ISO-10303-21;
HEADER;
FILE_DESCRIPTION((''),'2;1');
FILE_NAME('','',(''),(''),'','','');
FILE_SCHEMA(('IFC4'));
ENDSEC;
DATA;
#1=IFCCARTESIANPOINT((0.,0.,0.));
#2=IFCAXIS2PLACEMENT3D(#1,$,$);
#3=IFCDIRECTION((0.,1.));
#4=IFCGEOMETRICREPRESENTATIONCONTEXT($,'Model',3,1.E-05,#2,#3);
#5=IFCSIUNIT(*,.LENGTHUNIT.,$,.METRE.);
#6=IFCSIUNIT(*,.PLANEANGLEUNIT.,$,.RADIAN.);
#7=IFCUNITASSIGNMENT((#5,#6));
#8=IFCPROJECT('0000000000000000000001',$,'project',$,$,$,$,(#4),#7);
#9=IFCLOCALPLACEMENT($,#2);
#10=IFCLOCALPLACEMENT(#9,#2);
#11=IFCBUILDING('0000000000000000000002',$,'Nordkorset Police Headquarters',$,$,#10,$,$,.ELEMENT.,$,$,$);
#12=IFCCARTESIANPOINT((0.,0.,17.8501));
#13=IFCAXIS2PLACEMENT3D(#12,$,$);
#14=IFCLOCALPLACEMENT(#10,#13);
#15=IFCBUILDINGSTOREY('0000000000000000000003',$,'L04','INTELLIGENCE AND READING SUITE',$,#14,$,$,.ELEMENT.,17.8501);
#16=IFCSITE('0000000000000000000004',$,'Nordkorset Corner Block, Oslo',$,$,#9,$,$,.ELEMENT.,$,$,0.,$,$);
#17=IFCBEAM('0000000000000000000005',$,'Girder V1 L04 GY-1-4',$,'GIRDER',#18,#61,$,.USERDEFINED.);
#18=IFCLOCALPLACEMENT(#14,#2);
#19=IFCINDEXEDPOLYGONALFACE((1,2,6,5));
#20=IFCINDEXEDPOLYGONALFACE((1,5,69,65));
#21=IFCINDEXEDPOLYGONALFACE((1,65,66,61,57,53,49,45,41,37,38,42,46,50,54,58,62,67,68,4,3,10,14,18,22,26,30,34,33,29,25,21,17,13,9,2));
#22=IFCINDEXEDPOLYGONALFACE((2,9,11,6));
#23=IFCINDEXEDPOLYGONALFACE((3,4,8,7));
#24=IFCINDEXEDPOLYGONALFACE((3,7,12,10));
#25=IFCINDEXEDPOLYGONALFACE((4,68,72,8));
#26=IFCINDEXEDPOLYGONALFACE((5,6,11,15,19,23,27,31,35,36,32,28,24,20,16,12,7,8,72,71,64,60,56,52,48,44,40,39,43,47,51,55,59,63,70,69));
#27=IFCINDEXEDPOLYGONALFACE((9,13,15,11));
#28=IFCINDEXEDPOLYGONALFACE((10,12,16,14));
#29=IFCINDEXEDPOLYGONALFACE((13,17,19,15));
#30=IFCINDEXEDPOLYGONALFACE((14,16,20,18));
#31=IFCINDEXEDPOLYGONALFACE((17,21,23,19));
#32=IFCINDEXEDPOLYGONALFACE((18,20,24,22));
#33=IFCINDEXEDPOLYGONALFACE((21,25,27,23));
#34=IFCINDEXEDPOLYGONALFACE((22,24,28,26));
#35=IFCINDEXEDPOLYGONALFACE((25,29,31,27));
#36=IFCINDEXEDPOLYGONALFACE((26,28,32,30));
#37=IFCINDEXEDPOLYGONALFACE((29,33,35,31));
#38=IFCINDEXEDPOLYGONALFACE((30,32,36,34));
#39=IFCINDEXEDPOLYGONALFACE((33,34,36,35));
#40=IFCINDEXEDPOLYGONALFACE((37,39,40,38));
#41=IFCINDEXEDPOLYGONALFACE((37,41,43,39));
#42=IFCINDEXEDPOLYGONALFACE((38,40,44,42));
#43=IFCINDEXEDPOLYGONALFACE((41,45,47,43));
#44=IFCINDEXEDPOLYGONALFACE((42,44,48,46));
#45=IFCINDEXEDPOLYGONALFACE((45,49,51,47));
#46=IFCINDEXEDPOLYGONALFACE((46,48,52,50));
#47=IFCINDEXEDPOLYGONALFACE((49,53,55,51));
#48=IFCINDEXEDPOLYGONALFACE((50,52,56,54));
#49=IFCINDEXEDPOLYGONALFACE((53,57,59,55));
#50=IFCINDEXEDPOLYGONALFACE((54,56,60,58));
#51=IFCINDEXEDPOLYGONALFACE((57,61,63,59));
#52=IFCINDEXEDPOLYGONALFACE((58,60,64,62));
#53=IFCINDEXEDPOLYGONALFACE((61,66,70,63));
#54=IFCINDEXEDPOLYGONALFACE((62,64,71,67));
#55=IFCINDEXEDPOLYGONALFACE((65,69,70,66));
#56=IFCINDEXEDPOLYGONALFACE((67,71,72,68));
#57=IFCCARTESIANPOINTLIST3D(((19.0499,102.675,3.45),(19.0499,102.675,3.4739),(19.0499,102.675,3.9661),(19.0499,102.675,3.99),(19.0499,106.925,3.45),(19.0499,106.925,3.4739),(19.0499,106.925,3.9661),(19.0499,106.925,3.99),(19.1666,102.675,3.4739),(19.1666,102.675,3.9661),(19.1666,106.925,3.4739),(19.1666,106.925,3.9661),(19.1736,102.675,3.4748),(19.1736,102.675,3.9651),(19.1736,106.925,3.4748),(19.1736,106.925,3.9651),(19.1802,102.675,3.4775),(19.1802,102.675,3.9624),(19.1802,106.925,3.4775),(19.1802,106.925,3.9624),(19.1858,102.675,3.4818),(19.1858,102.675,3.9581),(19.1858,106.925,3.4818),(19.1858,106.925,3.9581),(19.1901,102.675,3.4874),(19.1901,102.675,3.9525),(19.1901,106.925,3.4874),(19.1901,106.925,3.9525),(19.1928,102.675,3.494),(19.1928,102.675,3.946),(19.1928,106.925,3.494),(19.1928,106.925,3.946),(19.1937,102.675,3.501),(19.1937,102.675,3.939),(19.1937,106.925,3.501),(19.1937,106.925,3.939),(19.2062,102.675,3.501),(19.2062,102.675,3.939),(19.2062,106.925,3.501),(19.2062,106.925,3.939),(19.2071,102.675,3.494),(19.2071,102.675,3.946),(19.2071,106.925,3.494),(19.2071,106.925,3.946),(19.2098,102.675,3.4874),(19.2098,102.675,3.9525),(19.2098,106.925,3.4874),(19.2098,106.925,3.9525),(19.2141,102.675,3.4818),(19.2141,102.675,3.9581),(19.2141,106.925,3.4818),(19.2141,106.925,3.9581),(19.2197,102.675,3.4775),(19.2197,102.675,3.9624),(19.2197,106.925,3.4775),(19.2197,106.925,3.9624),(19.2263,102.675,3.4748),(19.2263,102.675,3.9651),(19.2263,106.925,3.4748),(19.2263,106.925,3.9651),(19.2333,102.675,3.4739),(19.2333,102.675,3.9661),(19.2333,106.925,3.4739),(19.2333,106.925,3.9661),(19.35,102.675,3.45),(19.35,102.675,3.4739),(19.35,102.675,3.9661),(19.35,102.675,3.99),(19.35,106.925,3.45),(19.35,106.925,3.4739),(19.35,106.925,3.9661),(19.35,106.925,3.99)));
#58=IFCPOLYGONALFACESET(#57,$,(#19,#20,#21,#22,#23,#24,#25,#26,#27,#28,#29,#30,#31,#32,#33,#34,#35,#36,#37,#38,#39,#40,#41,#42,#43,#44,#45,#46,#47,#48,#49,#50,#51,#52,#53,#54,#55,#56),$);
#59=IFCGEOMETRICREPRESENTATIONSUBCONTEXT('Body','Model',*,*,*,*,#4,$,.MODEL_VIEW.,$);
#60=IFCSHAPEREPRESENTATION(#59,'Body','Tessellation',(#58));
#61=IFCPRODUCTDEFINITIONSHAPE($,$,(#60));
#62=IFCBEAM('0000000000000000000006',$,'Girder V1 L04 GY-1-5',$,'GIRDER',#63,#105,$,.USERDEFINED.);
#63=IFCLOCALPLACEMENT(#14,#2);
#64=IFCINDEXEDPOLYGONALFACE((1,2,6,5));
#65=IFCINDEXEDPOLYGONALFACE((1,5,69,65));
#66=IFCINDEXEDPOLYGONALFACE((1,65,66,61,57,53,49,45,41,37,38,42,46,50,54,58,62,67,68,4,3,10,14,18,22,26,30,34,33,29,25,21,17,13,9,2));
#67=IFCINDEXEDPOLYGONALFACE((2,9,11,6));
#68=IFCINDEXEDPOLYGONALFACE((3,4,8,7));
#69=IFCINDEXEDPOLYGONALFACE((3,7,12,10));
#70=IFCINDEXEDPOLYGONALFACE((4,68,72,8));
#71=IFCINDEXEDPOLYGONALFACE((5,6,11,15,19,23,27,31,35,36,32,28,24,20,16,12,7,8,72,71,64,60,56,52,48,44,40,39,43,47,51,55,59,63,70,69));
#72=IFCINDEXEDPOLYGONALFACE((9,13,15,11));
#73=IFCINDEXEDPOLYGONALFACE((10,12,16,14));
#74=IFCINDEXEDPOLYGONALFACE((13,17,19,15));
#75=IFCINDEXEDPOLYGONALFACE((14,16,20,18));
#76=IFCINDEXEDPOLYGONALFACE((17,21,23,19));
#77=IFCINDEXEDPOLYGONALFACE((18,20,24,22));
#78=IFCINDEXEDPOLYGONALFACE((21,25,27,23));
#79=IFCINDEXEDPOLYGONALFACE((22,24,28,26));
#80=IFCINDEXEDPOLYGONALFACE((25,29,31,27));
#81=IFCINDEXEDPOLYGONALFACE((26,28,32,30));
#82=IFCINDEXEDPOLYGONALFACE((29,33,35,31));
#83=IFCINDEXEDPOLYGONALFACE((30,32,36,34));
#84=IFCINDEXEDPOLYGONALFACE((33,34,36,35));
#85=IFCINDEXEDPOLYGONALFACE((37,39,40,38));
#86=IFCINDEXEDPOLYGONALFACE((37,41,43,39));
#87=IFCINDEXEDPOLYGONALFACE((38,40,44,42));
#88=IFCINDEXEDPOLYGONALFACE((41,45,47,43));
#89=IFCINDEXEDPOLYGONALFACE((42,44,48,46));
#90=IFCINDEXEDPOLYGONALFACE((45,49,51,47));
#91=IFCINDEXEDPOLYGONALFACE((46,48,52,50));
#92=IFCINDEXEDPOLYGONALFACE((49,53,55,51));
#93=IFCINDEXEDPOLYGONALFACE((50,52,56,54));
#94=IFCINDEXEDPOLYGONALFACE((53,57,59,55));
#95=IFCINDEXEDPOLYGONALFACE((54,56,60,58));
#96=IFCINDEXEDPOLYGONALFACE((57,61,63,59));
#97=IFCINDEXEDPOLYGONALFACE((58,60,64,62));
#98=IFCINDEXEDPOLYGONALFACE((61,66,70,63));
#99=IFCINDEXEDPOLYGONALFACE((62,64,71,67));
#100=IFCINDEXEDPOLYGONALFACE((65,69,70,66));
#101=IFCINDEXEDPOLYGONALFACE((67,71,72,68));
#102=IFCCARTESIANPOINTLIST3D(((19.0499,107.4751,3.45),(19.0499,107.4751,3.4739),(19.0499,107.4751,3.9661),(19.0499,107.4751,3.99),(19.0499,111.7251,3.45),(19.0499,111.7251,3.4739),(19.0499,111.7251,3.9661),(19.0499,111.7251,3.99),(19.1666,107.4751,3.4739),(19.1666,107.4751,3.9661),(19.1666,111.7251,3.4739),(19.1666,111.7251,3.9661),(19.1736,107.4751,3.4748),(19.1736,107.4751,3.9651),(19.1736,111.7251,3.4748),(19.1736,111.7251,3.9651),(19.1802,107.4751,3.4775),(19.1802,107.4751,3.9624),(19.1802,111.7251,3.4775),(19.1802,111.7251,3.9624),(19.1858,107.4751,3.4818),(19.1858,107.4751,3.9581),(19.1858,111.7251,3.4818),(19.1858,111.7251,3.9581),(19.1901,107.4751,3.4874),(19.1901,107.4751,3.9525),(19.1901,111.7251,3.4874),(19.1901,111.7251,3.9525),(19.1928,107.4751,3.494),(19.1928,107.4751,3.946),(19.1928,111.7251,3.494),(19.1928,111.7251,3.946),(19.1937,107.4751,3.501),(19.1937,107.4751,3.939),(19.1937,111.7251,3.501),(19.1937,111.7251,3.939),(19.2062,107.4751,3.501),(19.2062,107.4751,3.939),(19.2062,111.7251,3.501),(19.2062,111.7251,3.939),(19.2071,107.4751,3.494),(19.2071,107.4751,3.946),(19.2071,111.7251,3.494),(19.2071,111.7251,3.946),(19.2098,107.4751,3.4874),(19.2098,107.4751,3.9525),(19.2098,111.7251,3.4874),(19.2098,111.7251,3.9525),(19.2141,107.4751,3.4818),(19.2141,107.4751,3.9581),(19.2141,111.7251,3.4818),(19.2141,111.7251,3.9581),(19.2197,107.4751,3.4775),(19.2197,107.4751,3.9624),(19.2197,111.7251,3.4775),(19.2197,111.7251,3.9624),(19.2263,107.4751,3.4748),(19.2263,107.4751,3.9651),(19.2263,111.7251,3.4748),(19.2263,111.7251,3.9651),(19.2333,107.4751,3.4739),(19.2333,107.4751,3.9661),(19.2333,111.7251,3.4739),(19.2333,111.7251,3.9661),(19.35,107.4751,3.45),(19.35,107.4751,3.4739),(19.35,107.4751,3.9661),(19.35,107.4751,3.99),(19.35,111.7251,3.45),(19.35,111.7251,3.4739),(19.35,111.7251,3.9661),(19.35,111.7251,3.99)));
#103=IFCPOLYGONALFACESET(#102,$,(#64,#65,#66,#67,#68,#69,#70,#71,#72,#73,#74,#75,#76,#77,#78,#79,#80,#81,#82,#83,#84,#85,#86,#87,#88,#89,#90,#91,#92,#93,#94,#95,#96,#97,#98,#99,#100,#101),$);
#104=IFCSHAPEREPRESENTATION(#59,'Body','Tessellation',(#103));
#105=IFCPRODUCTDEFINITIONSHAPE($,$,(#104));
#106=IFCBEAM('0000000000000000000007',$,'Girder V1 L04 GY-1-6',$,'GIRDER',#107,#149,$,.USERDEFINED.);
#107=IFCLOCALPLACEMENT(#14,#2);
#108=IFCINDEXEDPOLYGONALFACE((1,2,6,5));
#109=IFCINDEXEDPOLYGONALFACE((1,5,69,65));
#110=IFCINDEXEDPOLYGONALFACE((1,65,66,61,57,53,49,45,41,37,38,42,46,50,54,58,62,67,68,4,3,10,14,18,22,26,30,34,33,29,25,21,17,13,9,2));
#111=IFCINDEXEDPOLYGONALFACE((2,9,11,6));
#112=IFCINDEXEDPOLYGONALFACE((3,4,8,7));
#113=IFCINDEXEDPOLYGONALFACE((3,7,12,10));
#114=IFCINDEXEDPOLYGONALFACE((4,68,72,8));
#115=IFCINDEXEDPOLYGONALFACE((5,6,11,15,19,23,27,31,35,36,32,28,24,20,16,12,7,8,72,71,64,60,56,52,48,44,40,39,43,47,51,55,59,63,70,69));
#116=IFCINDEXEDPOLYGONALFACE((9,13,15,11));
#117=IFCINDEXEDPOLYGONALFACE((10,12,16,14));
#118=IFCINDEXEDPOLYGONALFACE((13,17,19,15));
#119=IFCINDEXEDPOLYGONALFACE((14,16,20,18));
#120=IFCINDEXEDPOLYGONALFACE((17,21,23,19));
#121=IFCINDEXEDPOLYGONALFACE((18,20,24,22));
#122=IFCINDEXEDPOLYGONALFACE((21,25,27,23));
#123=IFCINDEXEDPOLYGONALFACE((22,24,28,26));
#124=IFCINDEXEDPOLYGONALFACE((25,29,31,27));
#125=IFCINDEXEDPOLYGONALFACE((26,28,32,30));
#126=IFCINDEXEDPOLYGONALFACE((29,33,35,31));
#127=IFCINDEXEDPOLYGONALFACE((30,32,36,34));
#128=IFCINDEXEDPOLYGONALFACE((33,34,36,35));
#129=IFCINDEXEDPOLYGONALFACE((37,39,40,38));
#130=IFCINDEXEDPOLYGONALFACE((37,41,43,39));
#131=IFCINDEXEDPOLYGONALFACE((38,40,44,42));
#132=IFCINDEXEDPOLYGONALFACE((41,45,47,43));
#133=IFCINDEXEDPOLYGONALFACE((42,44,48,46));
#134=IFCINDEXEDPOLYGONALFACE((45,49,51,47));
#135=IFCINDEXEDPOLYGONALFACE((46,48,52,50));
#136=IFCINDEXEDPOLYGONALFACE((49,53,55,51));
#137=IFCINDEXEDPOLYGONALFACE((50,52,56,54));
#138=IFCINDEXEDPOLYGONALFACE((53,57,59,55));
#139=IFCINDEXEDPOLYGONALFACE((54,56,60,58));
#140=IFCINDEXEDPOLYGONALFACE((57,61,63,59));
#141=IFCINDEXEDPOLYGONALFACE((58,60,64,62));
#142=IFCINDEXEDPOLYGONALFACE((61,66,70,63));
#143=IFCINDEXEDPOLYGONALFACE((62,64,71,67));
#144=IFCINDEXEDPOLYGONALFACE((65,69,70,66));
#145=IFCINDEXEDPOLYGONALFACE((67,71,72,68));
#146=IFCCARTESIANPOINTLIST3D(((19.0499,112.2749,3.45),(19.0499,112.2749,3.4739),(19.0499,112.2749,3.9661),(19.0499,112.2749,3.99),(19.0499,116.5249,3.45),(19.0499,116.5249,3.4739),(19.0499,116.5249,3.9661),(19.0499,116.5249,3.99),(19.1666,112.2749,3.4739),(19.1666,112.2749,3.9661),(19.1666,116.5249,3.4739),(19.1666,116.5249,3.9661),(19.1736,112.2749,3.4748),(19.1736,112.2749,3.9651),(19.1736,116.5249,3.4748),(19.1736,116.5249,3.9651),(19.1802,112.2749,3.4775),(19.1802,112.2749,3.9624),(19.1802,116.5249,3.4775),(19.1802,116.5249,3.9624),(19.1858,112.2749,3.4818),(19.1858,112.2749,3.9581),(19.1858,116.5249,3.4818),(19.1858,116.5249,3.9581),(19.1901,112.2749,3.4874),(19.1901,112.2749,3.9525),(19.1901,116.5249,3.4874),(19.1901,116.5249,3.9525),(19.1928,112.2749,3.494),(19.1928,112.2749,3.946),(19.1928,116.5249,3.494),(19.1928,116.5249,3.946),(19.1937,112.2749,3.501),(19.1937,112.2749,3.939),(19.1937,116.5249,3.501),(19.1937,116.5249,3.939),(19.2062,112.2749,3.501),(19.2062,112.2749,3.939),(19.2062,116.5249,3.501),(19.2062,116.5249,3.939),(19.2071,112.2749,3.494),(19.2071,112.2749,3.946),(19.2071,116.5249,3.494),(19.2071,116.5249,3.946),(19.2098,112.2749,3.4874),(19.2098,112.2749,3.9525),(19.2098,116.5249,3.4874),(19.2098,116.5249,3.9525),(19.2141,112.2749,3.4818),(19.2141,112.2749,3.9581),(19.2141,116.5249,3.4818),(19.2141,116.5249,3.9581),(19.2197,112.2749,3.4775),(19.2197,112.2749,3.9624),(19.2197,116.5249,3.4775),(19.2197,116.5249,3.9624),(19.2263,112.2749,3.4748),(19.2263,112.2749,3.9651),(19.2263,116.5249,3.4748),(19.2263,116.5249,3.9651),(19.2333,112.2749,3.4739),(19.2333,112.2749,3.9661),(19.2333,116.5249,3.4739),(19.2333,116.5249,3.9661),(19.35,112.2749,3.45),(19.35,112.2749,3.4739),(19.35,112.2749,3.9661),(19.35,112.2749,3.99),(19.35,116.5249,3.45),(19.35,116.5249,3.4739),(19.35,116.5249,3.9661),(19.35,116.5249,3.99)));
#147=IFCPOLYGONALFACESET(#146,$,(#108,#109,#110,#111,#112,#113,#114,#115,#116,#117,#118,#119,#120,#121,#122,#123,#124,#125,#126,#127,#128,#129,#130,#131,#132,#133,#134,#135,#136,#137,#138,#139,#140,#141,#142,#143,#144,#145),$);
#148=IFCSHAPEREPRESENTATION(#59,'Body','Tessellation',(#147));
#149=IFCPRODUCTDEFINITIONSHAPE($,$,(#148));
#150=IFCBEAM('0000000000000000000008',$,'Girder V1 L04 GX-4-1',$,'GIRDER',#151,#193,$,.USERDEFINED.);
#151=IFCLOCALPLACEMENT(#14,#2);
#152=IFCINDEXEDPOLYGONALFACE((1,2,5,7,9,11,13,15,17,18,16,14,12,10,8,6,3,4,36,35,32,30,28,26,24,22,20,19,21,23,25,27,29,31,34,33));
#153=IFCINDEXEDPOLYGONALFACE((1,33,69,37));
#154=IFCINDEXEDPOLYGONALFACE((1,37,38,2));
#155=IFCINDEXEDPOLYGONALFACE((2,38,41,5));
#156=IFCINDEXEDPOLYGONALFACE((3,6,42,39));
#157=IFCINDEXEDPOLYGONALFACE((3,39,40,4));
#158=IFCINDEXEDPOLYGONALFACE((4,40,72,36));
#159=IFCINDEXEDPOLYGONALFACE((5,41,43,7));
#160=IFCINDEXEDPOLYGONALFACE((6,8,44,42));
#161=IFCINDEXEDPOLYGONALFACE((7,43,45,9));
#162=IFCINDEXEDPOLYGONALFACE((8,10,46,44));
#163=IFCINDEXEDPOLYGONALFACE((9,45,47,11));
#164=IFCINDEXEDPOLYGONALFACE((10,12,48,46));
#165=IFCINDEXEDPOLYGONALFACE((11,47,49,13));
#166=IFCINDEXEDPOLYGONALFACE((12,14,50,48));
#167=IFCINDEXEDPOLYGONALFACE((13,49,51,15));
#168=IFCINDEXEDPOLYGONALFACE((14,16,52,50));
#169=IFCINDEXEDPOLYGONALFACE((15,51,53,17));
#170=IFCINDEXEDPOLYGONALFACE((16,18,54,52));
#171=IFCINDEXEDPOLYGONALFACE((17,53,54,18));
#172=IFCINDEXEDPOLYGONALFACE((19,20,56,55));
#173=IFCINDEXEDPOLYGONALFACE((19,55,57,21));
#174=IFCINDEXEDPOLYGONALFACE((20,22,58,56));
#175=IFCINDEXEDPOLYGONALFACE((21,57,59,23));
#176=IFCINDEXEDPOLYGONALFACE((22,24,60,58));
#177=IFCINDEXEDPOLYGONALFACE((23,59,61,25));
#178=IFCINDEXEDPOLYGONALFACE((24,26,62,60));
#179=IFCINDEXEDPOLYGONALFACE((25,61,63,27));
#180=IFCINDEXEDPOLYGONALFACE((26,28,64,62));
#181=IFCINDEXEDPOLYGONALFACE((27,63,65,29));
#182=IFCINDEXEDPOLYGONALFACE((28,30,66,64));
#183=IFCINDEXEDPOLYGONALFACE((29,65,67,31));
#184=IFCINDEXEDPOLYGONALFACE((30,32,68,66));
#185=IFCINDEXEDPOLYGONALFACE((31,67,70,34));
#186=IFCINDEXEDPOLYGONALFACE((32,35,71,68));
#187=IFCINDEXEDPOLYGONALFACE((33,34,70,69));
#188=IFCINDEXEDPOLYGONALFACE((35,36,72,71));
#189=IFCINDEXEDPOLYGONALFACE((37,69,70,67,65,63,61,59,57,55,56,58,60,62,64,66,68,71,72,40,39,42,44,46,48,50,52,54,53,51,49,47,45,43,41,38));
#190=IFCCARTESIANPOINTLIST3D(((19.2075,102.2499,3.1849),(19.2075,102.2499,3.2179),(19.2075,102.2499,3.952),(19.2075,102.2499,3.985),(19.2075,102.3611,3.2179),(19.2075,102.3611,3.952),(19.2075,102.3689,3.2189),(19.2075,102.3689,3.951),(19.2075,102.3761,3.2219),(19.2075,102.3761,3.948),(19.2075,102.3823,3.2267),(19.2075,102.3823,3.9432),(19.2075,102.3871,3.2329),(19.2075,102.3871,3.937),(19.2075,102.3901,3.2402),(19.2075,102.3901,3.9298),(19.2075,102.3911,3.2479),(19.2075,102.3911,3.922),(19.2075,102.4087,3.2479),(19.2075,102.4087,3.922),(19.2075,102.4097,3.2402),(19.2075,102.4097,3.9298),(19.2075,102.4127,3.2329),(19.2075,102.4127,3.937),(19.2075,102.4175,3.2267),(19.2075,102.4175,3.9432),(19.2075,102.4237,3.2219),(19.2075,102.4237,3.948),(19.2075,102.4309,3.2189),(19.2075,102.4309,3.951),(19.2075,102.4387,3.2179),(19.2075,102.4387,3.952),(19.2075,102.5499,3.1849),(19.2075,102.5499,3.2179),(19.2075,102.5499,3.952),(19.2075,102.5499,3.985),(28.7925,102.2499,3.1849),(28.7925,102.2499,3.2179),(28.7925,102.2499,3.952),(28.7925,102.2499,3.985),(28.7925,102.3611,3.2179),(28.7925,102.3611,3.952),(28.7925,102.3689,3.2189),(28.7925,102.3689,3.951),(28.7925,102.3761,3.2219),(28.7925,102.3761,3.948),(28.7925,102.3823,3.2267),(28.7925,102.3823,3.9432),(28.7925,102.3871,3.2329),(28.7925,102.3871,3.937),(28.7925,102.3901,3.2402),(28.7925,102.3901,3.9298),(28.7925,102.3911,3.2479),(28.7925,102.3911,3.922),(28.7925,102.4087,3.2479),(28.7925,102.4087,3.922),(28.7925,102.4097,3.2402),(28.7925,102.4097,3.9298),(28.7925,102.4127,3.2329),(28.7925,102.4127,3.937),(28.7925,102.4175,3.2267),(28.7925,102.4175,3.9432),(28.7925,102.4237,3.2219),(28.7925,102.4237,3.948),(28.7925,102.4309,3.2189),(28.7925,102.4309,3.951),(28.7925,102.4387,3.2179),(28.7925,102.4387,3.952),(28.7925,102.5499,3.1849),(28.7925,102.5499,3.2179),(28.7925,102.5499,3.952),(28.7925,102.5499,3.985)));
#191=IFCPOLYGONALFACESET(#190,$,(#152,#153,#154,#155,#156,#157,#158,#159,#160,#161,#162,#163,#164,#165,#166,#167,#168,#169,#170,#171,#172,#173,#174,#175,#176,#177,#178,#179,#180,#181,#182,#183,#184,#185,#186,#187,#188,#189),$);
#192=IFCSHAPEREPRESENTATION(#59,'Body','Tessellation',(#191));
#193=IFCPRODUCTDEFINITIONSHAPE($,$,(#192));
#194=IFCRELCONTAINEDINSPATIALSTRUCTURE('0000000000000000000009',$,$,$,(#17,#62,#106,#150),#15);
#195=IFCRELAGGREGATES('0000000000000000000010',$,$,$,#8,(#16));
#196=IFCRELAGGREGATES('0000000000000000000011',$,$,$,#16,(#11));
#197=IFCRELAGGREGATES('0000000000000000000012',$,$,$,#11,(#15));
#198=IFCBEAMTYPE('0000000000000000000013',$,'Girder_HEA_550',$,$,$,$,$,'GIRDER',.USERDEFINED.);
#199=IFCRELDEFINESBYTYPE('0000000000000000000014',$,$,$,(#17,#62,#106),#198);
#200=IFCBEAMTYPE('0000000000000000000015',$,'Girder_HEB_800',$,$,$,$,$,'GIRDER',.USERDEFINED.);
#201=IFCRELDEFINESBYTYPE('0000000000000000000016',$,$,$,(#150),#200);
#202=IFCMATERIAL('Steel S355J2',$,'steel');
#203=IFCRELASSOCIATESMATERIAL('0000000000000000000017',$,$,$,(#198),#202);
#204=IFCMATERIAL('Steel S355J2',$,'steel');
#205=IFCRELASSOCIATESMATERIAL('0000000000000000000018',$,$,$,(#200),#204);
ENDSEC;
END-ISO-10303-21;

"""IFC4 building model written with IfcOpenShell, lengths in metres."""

from ifc_helpers import new_model, si_unit, direction, frame, origin, origin_2d, place, context, subcontext, project, spatial, i_section, extrude, material, material_profile, profile_set, type_object, element, save


model = new_model("IFC4")

# Units and contexts
model_context = context("Model", 3, precision=1e-05, world=origin(), true_north=direction((0.0, 1.0)))
body_context = subcontext(model_context, "Body", "Model", "MODEL_VIEW")
ifc_project = project(units=[si_unit("LENGTHUNIT", "METRE"), si_unit("PLANEANGLEUNIT", "RADIAN")], contexts=[model_context])

# Site, building, storey
site_placement = place(None, origin())
site = spatial("IfcSite", under=ifc_project, at=site_placement, Name="Nordkorset Corner Block, Oslo", CompositionType="ELEMENT", RefElevation=0.0)
building_placement = place(site_placement, origin())
building = spatial("IfcBuilding", under=site, at=building_placement, Name="Nordkorset Police Headquarters", CompositionType="ELEMENT")
storey_placement = place(building_placement, frame((0.0, 0.0, 17.8501)))
storey = spatial("IfcBuildingStorey", under=building, at=storey_placement, Name="L04", Description="INTELLIGENCE AND READING SUITE", CompositionType="ELEMENT", Elevation=17.8501)

# Beams
ifc_material_1 = material(Name="Steel S355J2", Category="steel")
ifc_material_profile_1 = material_profile(ifc_material_1, i_section(OverallWidth=0.3, OverallDepth=0.54, WebThickness=0.0125, FlangeThickness=0.0239, FilletRadius=0.0271, at=origin_2d()), Name="HEA 550")
ifc_profile_set_1 = profile_set([ifc_material_profile_1], Name="Steel S355J2")
beam_type_1 = type_object("IfcBeamType", Name="Girder_HEA_550", ElementType="GIRDER", PredefinedType="USERDEFINED", material=ifc_profile_set_1)
for number, where, z_axis, x_axis, name in (
    (1, (19.2, 102.675, 3.72), (0.0, 1.0, 0.0), (-1.0, 0.0, 0.0), "Girder V1 L04 GY-1-4"),
    (2, (19.2, 107.4751, 3.72), (0.0, 1.0, 0.0), (-1.0, 0.0, 0.0), "Girder V1 L04 GY-1-5"),
    (3, (19.2, 112.2749, 3.72), (0.0, 1.0, 0.0), (-1.0, 0.0, 0.0), "Girder V1 L04 GY-1-6"),
):
    element("IfcBeam", number, at=place(storey_placement, frame(where, z_axis=z_axis, x_axis=x_axis)), inside=storey, type_object=beam_type_1, Name=name, ObjectType="GIRDER", PredefinedType="USERDEFINED", context=body_context, shape_type="SweptSolid", body=[
        extrude(i_section(OverallWidth=0.3, OverallDepth=0.54, WebThickness=0.0125, FlangeThickness=0.0239, FilletRadius=0.0271, at=origin_2d()), origin(), (0.0, 0.0, 1.0), 4.25),
    ])
ifc_material_2 = material(Name="Steel S355J2", Category="steel")
ifc_material_profile_2 = material_profile(ifc_material_2, i_section(OverallWidth=0.3, OverallDepth=0.8, WebThickness=0.0176, FlangeThickness=0.033, FilletRadius=0.03, at=origin_2d()), Name="HEB 800")
ifc_profile_set_2 = profile_set([ifc_material_profile_2], Name="Steel S355J2")
beam_type_2 = type_object("IfcBeamType", Name="Girder_HEB_800", ElementType="GIRDER", PredefinedType="USERDEFINED", material=ifc_profile_set_2)
for number, where, z_axis, x_axis, name in (
    (4, (19.2075, 102.3999, 3.585), (1.0, 0.0, 0.0), (0.0, 1.0, 0.0), "Girder V1 L04 GX-4-1"),
):
    element("IfcBeam", number, at=place(storey_placement, frame(where, z_axis=z_axis, x_axis=x_axis)), inside=storey, type_object=beam_type_2, Name=name, ObjectType="GIRDER", PredefinedType="USERDEFINED", context=body_context, shape_type="SweptSolid", body=[
        extrude(i_section(OverallWidth=0.3, OverallDepth=0.8, WebThickness=0.0176, FlangeThickness=0.033, FilletRadius=0.03, at=origin_2d()), origin(), (0.0, 0.0, 1.0), 9.585),
    ])

save(model, "model.ifc")
